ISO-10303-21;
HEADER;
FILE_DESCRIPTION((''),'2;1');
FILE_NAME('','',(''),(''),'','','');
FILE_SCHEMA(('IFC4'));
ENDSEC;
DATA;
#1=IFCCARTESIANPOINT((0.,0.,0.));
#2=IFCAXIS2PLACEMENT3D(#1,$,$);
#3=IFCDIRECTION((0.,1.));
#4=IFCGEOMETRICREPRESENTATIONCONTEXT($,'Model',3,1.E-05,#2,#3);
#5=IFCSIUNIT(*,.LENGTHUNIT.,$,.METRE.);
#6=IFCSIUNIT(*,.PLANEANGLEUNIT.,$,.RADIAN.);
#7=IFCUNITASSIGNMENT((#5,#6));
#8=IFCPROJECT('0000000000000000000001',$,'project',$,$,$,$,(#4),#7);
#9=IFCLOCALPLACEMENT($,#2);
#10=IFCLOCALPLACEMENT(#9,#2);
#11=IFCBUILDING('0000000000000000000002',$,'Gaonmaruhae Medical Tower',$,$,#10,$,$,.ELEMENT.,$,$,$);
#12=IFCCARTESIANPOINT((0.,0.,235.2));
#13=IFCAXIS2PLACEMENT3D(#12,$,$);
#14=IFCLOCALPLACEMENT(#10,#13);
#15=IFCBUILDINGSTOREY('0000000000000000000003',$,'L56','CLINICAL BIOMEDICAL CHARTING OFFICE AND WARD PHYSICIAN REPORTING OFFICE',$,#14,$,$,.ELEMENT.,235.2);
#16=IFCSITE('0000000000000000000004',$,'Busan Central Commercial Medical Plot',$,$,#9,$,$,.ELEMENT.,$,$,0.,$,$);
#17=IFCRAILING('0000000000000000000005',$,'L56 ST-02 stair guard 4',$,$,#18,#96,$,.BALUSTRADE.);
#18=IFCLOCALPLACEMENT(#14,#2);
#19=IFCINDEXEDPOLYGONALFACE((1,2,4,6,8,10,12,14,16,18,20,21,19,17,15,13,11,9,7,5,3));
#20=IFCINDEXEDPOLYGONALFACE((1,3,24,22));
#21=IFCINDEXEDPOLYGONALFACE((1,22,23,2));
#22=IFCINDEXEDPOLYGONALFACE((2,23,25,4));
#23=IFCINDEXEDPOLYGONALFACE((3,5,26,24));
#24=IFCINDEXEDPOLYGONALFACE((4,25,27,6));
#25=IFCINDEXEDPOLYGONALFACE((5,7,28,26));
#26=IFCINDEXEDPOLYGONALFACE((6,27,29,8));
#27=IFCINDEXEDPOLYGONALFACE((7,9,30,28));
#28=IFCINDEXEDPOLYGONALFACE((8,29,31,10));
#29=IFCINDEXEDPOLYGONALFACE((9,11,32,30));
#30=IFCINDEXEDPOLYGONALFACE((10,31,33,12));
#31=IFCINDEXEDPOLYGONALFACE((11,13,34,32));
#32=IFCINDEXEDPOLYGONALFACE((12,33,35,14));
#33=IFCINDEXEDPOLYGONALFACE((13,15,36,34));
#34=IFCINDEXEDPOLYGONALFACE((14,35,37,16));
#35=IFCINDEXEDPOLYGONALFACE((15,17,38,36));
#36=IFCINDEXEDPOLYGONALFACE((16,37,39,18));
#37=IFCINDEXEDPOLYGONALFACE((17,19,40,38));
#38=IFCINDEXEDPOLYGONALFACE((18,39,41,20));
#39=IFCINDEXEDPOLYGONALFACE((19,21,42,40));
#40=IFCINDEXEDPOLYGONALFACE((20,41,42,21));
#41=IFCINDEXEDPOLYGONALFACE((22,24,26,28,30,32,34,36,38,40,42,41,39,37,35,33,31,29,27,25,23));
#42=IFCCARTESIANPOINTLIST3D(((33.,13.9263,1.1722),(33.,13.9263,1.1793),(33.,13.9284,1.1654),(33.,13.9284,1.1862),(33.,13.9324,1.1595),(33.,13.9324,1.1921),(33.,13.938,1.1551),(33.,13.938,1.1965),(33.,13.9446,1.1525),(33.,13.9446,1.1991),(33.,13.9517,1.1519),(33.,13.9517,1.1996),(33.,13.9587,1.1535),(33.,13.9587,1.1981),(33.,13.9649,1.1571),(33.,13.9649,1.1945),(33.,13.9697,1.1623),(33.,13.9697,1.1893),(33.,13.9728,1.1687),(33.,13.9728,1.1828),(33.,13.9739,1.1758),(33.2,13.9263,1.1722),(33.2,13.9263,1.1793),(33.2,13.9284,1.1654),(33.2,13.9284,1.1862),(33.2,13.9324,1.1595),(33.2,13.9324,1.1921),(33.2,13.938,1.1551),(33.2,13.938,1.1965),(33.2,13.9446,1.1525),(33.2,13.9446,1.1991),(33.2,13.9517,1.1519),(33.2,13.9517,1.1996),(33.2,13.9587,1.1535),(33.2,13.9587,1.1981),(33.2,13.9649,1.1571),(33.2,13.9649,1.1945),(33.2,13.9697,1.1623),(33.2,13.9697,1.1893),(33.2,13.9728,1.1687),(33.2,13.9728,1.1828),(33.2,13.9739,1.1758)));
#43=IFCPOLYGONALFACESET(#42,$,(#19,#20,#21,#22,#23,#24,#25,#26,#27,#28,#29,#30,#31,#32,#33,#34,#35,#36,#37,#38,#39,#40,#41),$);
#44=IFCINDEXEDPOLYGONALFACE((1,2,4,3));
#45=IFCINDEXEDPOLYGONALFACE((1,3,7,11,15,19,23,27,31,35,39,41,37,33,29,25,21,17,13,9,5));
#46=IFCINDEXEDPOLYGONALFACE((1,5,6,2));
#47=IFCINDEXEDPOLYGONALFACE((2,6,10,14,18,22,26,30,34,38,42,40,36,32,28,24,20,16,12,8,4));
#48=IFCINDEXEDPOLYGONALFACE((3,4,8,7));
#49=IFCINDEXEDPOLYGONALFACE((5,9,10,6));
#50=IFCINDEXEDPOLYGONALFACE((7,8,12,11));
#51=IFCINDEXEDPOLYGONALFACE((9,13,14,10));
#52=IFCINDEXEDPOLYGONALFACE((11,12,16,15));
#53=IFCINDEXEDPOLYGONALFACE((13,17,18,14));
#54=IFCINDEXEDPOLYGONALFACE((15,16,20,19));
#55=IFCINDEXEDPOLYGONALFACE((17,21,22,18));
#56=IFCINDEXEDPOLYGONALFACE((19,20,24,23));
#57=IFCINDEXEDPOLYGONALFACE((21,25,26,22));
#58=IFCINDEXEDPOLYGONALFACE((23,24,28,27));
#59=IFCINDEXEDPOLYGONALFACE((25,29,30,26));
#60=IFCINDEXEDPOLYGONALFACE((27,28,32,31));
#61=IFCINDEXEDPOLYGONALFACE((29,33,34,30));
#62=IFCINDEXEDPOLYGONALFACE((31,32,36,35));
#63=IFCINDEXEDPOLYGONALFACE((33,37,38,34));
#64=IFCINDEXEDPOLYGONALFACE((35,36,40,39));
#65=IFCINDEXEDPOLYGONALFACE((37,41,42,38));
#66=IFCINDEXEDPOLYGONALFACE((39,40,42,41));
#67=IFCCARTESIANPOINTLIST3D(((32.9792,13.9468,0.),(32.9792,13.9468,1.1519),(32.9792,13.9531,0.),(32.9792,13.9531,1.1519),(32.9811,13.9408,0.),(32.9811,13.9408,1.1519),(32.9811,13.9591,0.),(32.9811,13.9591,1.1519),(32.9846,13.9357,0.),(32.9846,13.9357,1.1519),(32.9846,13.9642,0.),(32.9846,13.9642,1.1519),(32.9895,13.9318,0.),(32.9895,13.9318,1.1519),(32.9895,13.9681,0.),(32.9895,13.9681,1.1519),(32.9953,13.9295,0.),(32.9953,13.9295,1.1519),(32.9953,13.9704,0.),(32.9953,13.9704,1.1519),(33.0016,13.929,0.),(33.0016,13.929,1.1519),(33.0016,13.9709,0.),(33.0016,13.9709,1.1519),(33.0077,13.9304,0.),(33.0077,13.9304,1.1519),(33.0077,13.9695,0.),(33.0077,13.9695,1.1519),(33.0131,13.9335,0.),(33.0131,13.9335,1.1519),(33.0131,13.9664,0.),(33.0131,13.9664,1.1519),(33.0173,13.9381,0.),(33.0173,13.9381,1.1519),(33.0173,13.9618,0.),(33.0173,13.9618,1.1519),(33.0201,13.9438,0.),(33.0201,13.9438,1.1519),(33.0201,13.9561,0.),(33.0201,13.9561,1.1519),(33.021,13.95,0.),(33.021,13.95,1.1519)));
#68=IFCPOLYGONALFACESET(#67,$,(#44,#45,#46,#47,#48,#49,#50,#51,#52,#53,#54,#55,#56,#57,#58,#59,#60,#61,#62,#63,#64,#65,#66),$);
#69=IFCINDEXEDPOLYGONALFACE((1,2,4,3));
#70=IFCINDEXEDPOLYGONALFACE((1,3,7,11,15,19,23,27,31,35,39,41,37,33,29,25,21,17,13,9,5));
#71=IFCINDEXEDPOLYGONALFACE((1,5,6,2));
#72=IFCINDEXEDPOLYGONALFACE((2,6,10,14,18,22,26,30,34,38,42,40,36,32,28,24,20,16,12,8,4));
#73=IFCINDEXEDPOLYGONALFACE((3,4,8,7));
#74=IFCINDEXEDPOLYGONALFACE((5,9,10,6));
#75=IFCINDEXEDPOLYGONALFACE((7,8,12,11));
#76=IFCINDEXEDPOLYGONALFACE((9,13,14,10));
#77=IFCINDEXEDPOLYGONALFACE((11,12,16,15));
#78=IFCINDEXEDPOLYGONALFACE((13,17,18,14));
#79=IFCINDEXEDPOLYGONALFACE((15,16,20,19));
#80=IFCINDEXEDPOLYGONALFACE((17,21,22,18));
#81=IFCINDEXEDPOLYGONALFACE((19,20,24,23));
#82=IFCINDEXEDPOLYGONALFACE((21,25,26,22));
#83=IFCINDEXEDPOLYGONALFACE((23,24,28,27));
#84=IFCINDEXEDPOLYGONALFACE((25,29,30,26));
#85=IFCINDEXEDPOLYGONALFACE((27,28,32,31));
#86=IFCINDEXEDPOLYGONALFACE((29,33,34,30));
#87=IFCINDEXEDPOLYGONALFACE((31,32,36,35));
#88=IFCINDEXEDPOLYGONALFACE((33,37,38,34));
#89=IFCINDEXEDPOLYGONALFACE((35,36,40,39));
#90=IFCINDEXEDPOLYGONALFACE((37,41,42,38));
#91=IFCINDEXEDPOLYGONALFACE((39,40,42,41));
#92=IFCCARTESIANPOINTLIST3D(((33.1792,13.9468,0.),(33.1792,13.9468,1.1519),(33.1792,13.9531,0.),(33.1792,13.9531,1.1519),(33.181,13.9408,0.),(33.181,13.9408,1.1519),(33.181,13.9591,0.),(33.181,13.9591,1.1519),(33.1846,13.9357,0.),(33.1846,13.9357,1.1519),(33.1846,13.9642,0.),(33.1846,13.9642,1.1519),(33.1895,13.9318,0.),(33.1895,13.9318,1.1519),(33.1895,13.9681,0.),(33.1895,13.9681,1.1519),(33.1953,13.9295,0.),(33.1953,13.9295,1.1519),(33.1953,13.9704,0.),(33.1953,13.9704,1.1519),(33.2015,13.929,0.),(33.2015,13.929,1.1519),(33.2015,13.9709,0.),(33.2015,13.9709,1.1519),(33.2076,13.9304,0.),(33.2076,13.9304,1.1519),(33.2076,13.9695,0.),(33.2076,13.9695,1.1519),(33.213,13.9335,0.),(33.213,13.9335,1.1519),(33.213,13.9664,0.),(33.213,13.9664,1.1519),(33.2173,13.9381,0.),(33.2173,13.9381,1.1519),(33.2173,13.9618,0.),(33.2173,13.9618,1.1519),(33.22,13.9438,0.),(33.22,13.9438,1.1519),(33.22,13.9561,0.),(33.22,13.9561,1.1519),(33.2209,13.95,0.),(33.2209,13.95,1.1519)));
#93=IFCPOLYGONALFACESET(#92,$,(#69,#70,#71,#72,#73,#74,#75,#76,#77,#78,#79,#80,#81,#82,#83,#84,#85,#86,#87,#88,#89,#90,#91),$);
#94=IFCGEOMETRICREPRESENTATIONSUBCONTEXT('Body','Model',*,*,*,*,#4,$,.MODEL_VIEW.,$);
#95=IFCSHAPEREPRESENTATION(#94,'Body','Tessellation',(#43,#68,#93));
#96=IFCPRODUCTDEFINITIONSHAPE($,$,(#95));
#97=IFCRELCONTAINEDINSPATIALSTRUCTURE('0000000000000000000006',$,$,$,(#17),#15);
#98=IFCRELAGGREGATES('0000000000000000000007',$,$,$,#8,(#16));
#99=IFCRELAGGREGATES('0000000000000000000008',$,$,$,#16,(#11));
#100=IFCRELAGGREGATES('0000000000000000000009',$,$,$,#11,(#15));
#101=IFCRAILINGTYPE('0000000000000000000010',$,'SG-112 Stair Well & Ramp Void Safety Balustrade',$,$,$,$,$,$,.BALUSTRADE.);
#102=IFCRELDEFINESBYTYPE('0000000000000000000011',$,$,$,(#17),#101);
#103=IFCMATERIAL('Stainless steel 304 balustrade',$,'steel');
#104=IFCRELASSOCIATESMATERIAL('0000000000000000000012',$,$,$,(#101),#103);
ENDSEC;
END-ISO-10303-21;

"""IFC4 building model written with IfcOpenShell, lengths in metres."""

from ifc_helpers import new_model, si_unit, direction, frame, origin, origin_2d, place, context, subcontext, project, spatial, circle, extrude, material, type_object, element, save


model = new_model("IFC4")

# Units and contexts
model_context = context("Model", 3, precision=1e-05, world=origin(), true_north=direction((0.0, 1.0)))
body_context = subcontext(model_context, "Body", "Model", "MODEL_VIEW")
ifc_project = project(units=[si_unit("LENGTHUNIT", "METRE"), si_unit("PLANEANGLEUNIT", "RADIAN")], contexts=[model_context])

# Site, building, storey
site_placement = place(None, origin())
site = spatial("IfcSite", under=ifc_project, at=site_placement, Name="Busan Central Commercial Medical Plot", CompositionType="ELEMENT", RefElevation=0.0)
building_placement = place(site_placement, origin())
building = spatial("IfcBuilding", under=site, at=building_placement, Name="Gaonmaruhae Medical Tower", CompositionType="ELEMENT")
storey_placement = place(building_placement, frame((0.0, 0.0, 235.2)))
storey = spatial("IfcBuildingStorey", under=building, at=storey_placement, Name="L56", Description="CLINICAL BIOMEDICAL CHARTING OFFICE AND WARD PHYSICIAN REPORTING OFFICE", CompositionType="ELEMENT", Elevation=235.2)

# Railing
ifc_material_1 = material(Name="Stainless steel 304 balustrade", Category="steel")
railing_type_1 = type_object("IfcRailingType", Name="SG-112 Stair Well & Ramp Void Safety Balustrade", PredefinedType="BALUSTRADE", material=ifc_material_1)
railing_1_placement = place(storey_placement, frame((33.0, 13.95, 0.0)))
element("IfcRailing", 1, at=railing_1_placement, inside=storey, type_object=railing_type_1, Name="L56 ST-02 stair guard 4", PredefinedType="BALUSTRADE", context=body_context, shape_type="SweptSolid", body=[
    extrude(circle(Radius=0.0239, at=origin_2d()), frame((0.0, 0.0, 1.1758), z_axis=(1.0, 0.0, 0.0), x_axis=(0.0, 1.0, 0.0)), (0.0, 0.0, 1.0), 0.2),
    extrude(circle(Radius=0.021, at=origin_2d()), origin(), (0.0, 0.0, 1.0), 1.1519),
    extrude(circle(Radius=0.021, at=origin_2d()), frame((0.2, 0.0, 0.0)), (0.0, 0.0, 1.0), 1.1519),
])

save(model, "model.ifc")
